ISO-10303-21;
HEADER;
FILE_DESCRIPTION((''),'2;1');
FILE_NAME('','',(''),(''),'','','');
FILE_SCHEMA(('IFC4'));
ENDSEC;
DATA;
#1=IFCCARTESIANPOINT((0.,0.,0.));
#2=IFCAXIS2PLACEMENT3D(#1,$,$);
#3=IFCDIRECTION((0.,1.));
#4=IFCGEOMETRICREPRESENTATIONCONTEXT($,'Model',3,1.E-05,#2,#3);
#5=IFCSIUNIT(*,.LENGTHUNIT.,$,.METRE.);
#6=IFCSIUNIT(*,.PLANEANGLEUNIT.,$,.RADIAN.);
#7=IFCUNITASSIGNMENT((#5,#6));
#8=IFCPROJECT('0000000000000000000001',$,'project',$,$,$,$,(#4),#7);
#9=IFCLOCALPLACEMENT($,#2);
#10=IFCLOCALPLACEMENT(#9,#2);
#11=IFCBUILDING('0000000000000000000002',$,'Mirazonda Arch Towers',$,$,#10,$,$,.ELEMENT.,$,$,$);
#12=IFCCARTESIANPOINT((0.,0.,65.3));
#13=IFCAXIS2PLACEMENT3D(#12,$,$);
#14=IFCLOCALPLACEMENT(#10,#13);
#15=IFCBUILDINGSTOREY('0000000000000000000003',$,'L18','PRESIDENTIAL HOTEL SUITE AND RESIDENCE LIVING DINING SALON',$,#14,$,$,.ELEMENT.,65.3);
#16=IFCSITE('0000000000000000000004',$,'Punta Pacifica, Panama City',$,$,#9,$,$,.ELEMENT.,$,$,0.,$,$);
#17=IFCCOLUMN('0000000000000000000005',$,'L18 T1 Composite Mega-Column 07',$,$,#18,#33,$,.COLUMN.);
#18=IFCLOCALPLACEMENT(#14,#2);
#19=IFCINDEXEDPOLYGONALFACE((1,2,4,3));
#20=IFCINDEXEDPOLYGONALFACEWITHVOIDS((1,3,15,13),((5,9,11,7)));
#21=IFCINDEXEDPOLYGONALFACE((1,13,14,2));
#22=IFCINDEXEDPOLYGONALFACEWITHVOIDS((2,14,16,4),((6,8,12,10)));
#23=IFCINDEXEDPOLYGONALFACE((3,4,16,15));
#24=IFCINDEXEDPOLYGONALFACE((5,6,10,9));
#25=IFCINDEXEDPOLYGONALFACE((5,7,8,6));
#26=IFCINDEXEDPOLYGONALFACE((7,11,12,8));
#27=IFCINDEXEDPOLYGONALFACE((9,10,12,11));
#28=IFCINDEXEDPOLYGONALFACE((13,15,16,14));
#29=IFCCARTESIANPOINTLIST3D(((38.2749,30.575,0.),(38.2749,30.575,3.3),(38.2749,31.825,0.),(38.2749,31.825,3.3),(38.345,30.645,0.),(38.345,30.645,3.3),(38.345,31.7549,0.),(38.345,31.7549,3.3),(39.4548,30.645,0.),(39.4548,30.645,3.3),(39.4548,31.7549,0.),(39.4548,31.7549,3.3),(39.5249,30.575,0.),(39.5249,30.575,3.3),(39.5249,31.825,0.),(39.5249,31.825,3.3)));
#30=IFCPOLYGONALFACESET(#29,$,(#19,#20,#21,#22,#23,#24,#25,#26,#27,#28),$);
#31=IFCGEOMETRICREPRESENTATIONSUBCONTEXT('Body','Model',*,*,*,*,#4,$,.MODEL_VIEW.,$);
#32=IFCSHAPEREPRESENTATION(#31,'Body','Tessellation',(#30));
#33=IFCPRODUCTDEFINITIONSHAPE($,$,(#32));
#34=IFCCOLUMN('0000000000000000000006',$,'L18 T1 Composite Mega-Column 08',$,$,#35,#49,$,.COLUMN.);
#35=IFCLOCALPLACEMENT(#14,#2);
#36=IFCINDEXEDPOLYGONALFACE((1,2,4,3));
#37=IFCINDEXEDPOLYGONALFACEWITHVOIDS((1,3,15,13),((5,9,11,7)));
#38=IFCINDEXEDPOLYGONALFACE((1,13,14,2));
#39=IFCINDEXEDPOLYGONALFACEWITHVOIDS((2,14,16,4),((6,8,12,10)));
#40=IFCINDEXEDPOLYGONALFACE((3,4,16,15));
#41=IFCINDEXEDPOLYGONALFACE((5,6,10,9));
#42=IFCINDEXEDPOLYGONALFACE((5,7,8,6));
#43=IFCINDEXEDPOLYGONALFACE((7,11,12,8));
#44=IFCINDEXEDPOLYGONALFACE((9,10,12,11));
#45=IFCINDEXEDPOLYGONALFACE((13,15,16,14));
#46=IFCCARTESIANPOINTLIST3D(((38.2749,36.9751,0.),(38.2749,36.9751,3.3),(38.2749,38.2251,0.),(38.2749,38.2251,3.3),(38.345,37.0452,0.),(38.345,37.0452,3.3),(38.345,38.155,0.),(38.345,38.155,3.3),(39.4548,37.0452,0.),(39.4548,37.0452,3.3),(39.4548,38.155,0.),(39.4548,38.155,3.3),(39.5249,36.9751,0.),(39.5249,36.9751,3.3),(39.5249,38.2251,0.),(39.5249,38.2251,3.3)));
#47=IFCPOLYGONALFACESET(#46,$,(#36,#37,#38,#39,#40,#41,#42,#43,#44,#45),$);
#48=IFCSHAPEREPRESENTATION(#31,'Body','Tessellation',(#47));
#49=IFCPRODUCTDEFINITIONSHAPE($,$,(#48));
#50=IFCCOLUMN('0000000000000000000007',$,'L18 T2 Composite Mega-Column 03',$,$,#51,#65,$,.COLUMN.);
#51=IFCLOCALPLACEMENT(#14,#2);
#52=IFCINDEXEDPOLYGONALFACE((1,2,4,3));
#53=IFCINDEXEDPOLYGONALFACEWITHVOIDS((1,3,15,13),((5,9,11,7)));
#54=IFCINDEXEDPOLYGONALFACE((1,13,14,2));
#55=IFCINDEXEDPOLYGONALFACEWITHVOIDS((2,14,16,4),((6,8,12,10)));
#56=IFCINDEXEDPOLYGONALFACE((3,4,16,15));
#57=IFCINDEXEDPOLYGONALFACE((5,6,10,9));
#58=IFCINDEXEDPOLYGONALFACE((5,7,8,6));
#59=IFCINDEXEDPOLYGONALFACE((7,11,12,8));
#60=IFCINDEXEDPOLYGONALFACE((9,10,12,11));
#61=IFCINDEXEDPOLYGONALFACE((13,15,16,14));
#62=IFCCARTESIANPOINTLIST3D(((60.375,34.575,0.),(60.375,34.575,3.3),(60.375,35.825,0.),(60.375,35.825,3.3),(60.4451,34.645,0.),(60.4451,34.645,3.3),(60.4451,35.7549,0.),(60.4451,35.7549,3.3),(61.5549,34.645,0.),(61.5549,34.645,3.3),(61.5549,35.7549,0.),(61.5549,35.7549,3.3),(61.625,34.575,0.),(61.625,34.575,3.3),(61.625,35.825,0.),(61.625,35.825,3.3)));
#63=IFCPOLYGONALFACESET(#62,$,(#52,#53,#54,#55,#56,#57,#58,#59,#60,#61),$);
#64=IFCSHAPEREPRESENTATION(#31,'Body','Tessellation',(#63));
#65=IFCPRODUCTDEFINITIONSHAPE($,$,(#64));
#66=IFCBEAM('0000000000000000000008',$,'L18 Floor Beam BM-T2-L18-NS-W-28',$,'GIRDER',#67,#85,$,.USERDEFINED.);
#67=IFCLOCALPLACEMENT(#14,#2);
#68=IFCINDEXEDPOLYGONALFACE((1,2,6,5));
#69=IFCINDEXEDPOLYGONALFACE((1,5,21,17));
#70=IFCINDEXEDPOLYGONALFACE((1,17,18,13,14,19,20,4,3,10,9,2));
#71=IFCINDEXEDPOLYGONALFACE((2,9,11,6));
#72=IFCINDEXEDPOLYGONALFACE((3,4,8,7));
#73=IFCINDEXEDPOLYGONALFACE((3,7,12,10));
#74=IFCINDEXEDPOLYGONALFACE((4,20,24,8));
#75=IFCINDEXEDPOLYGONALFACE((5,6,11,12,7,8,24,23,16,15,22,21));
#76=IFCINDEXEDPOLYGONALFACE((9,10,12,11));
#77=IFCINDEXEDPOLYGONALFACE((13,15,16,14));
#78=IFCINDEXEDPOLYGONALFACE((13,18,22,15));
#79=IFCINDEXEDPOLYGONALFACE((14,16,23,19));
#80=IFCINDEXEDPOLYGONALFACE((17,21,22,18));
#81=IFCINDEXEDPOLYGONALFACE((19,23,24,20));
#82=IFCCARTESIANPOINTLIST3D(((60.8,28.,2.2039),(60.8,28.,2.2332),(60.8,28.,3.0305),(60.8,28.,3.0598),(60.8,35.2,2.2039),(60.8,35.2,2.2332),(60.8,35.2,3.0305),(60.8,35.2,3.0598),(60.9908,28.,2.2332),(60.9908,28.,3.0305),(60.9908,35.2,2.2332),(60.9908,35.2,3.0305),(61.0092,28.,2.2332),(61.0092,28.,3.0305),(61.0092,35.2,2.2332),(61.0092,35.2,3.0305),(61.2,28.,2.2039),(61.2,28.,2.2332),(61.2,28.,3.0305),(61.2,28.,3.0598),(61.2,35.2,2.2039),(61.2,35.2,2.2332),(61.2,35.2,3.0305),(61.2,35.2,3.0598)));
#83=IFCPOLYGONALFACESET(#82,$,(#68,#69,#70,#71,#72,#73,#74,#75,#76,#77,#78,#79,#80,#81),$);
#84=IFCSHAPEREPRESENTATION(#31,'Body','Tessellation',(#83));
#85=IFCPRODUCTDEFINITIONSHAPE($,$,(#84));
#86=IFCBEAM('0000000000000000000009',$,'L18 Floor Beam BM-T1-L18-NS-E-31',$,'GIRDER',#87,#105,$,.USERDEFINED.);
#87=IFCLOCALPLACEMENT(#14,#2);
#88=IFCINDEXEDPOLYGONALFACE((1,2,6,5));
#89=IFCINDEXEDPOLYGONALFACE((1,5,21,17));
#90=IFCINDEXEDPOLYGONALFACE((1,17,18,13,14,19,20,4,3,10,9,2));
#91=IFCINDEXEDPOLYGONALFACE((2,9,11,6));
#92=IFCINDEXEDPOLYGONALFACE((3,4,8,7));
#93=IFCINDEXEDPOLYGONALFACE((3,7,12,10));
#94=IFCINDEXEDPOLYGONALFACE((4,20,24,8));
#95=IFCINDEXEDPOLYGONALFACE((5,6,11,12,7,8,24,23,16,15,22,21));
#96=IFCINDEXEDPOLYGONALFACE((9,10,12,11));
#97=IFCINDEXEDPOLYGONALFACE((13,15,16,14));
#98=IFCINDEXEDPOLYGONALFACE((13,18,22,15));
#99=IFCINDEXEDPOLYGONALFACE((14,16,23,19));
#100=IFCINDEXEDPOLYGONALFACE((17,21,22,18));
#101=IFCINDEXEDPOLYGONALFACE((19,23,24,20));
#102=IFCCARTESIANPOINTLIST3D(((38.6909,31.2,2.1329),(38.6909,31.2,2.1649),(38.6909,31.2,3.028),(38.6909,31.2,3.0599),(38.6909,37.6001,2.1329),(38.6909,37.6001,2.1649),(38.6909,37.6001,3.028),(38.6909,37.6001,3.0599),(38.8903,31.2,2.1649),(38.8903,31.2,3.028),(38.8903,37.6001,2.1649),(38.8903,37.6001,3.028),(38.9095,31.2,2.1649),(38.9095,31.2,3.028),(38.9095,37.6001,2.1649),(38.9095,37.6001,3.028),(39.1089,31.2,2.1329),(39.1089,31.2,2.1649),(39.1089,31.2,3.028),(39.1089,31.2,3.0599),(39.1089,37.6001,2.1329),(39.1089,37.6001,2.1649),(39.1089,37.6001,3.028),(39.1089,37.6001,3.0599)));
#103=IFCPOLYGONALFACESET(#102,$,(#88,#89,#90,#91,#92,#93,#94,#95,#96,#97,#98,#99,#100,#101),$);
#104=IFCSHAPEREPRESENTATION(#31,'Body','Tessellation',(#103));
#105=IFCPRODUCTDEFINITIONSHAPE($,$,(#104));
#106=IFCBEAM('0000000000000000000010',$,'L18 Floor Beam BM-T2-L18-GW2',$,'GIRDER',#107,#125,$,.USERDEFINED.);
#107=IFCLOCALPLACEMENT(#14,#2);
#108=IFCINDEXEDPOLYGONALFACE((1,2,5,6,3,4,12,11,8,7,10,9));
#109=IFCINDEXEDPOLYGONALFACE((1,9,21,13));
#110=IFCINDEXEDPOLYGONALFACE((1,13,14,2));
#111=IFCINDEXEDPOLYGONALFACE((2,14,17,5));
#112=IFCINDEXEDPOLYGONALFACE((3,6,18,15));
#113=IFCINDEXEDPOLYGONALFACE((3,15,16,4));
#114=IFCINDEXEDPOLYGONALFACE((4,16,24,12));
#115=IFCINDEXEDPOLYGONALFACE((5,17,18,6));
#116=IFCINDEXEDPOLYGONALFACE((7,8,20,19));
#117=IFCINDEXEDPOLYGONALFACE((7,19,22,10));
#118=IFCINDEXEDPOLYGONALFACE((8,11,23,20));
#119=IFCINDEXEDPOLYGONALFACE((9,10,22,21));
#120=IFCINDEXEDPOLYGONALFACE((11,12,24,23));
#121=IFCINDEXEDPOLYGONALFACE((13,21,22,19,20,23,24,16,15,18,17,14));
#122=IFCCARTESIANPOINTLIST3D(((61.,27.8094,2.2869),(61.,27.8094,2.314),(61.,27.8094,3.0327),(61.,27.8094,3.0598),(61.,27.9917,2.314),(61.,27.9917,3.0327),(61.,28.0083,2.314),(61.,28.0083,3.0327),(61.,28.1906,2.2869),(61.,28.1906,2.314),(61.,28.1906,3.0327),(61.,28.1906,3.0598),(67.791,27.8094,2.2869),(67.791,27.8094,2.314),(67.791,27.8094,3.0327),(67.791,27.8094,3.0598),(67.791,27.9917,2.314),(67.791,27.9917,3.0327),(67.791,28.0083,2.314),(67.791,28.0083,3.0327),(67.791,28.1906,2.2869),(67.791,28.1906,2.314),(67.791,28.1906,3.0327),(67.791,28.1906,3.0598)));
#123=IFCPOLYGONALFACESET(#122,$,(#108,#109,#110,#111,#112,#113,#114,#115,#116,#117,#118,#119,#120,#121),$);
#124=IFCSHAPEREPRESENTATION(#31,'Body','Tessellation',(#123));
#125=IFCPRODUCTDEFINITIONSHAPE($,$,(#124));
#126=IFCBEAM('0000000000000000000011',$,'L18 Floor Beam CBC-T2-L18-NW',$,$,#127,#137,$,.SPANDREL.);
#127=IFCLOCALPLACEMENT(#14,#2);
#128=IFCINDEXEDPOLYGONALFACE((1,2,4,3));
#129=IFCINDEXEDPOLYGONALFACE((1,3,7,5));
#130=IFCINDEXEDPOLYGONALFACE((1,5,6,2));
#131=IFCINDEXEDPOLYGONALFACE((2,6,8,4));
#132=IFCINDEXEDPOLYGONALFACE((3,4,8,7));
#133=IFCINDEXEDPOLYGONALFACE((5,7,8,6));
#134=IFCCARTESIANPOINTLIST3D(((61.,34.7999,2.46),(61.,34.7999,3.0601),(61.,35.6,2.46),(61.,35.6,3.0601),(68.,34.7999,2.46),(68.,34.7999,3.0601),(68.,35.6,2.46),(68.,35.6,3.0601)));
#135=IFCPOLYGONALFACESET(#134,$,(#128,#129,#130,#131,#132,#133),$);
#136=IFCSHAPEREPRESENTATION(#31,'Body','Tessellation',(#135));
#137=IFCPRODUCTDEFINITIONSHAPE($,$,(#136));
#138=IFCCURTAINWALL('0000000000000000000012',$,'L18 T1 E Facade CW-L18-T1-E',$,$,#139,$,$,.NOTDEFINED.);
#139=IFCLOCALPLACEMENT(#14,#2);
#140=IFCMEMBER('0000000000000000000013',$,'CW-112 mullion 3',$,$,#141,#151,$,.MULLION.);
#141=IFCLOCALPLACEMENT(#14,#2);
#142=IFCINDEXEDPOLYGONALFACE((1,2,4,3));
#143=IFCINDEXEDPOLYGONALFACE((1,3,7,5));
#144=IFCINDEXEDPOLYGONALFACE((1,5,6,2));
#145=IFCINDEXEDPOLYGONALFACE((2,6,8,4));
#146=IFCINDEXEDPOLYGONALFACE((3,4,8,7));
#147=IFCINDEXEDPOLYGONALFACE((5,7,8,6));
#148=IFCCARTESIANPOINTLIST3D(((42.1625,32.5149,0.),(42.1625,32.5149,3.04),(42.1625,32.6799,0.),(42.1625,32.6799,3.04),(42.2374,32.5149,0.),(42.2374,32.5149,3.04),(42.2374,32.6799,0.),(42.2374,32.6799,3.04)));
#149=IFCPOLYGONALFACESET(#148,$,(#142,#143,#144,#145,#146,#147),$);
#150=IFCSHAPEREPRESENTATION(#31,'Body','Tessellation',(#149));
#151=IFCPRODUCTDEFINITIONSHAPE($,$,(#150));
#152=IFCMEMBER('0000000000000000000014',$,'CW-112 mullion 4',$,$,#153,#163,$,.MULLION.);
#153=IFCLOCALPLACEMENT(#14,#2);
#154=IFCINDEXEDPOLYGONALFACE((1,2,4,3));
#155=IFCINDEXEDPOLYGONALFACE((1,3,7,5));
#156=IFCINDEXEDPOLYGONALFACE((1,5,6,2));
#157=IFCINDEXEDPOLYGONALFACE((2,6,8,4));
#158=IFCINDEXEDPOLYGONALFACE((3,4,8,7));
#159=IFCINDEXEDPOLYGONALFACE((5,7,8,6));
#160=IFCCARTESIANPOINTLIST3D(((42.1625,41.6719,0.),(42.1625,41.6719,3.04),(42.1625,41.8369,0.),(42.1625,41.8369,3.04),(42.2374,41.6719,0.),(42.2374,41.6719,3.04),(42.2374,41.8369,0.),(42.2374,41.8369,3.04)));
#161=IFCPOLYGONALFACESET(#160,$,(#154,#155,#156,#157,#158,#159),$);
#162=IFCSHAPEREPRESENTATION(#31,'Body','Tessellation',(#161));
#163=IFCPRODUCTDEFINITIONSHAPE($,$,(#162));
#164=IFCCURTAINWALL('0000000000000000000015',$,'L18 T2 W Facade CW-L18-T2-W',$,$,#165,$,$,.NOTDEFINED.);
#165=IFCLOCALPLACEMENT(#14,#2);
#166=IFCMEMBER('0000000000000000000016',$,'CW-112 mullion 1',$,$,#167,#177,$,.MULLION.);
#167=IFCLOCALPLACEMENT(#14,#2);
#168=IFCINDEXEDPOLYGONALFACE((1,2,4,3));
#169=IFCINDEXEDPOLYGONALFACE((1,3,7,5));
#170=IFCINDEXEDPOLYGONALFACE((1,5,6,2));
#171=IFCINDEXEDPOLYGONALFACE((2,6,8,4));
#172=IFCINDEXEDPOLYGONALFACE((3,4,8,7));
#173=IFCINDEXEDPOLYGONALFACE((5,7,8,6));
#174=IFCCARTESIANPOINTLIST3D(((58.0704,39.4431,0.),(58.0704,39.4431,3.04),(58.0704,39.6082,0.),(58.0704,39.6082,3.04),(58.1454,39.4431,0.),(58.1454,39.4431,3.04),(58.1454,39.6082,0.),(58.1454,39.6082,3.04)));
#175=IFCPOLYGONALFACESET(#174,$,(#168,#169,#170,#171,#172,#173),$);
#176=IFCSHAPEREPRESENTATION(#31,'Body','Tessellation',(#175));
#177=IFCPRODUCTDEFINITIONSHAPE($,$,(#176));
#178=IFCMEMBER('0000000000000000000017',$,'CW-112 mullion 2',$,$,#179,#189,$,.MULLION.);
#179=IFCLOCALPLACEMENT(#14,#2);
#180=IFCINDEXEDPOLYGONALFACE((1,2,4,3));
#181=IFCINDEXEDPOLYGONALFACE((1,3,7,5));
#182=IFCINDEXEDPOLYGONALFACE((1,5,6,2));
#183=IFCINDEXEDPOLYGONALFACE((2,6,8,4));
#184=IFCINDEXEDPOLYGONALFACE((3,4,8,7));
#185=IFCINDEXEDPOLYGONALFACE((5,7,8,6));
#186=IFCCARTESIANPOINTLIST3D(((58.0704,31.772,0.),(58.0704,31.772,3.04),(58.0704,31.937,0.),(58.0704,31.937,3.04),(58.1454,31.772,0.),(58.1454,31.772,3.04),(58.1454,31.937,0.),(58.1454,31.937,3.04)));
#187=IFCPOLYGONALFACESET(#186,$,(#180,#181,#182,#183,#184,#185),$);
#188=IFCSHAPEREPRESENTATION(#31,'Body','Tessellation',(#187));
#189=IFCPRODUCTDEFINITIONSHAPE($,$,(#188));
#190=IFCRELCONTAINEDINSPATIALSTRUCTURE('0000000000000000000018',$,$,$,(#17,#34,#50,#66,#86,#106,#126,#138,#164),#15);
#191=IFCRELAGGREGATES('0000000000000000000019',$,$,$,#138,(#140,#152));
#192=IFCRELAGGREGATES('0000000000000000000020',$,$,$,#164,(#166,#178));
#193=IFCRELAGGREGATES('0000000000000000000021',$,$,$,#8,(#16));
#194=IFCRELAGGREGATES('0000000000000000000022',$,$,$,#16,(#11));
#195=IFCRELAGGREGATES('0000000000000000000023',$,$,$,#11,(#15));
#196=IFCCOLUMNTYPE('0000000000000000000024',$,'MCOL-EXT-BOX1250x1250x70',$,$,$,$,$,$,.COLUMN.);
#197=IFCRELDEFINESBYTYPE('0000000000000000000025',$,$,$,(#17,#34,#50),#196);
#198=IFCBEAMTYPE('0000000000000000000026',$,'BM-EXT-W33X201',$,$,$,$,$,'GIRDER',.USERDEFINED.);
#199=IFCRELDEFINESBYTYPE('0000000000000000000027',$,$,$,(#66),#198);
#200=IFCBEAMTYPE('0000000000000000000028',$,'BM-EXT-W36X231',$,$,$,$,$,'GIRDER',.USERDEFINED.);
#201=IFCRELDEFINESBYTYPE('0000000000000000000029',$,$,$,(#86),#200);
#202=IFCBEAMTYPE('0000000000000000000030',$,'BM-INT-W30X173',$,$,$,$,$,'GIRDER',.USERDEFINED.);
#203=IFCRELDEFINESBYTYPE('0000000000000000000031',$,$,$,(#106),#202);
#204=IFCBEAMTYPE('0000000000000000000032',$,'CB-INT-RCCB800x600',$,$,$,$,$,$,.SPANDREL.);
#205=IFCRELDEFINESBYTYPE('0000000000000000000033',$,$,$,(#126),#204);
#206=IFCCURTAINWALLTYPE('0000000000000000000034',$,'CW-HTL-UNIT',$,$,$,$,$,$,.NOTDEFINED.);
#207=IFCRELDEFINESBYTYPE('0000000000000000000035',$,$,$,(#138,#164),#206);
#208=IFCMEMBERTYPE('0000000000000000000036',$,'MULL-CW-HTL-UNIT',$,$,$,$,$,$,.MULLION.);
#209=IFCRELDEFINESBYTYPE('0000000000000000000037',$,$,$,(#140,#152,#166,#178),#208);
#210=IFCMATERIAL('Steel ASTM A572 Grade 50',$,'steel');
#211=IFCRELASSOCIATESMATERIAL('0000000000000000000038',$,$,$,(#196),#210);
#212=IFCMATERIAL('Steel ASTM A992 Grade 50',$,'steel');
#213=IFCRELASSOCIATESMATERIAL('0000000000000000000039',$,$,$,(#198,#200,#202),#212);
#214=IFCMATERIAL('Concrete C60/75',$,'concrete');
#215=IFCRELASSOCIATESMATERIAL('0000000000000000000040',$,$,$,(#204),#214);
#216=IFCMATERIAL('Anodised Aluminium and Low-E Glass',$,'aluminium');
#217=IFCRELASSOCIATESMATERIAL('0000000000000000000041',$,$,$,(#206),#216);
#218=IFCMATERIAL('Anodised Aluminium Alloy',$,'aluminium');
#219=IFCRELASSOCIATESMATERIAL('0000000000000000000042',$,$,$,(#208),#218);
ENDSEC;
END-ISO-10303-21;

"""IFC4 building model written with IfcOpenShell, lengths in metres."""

from ifc_helpers import new_model, si_unit, direction, frame, origin, origin_2d, place, context, subcontext, project, spatial, rectangle, hollow_rectangle, i_section, extrude, material, material_profile, profile_set, type_object, element, aggregate, save


model = new_model("IFC4")

# Units and contexts
model_context = context("Model", 3, precision=1e-05, world=origin(), true_north=direction((0.0, 1.0)))
body_context = subcontext(model_context, "Body", "Model", "MODEL_VIEW")
ifc_project = project(units=[si_unit("LENGTHUNIT", "METRE"), si_unit("PLANEANGLEUNIT", "RADIAN")], contexts=[model_context])

# Site, building, storey
site_placement = place(None, origin())
site = spatial("IfcSite", under=ifc_project, at=site_placement, Name="Punta Pacifica, Panama City", CompositionType="ELEMENT", RefElevation=0.0)
building_placement = place(site_placement, origin())
building = spatial("IfcBuilding", under=site, at=building_placement, Name="Mirazonda Arch Towers", CompositionType="ELEMENT")
storey_placement = place(building_placement, frame((0.0, 0.0, 65.3)))
storey = spatial("IfcBuildingStorey", under=building, at=storey_placement, Name="L18", Description="PRESIDENTIAL HOTEL SUITE AND RESIDENCE LIVING DINING SALON", CompositionType="ELEMENT", Elevation=65.3)

# Columns
ifc_material_1 = material(Name="Steel ASTM A572 Grade 50", Category="steel")
ifc_material_profile_1 = material_profile(ifc_material_1, hollow_rectangle(XDim=1.25, YDim=1.25, WallThickness=0.0701, at=origin_2d()), Name="BOX1250x1250x70")
ifc_profile_set_1 = profile_set([ifc_material_profile_1], Name="Steel ASTM A572 Grade 50")
column_type = type_object("IfcColumnType", Name="MCOL-EXT-BOX1250x1250x70", PredefinedType="COLUMN", material=ifc_profile_set_1)
for number, where, z_axis, x_axis, name in (
    (1, (38.8999, 31.2, 0.0), (0.0, 0.0, 1.0), (1.0, 0.0, 0.0), "L18 T1 Composite Mega-Column 07"),
    (2, (38.8999, 37.6001, 0.0), (0.0, 0.0, 1.0), (1.0, 0.0, 0.0), "L18 T1 Composite Mega-Column 08"),
    (3, (61.0, 35.2, 0.0), (0.0, 0.0, 1.0), (1.0, 0.0, 0.0), "L18 T2 Composite Mega-Column 03"),
):
    element("IfcColumn", number, at=place(storey_placement, frame(where, z_axis=z_axis, x_axis=x_axis)), inside=storey, type_object=column_type, Name=name, PredefinedType="COLUMN", context=body_context, shape_type="SweptSolid", body=[
        extrude(hollow_rectangle(XDim=1.25, YDim=1.25, WallThickness=0.0701, at=origin_2d()), origin(), (0.0, 0.0, 1.0), 3.3),
    ])

# Beams
ifc_material_2 = material(Name="Steel ASTM A992 Grade 50", Category="steel")
ifc_material_profile_2 = material_profile(ifc_material_2, i_section(OverallWidth=0.3999, OverallDepth=0.856, WebThickness=0.0183, FlangeThickness=0.0293, at=origin_2d()), Name="W33X201")
ifc_profile_set_2 = profile_set([ifc_material_profile_2], Name="Steel ASTM A992 Grade 50")
beam_type_1 = type_object("IfcBeamType", Name="BM-EXT-W33X201", ElementType="GIRDER", PredefinedType="USERDEFINED", material=ifc_profile_set_2)
beam_1_placement = place(storey_placement, frame((61.0, 28.0, 2.6318), z_axis=(0.0, 1.0, 0.0), x_axis=(-1.0, 0.0, 0.0)))
element("IfcBeam", 4, at=beam_1_placement, inside=storey, type_object=beam_type_1, Name="L18 Floor Beam BM-T2-L18-NS-W-28", ObjectType="GIRDER", PredefinedType="USERDEFINED", context=body_context, shape_type="SweptSolid", body=[
    extrude(i_section(OverallWidth=0.3999, OverallDepth=0.856, WebThickness=0.0183, FlangeThickness=0.0293, at=origin_2d()), origin(), (0.0, 0.0, 1.0), 7.2),
])
ifc_material_profile_3 = material_profile(ifc_material_2, i_section(OverallWidth=0.418, OverallDepth=0.927, WebThickness=0.0193, FlangeThickness=0.032, at=origin_2d()), Name="W36X231")
ifc_profile_set_3 = profile_set([ifc_material_profile_3], Name="Steel ASTM A992 Grade 50")
beam_type_2 = type_object("IfcBeamType", Name="BM-EXT-W36X231", ElementType="GIRDER", PredefinedType="USERDEFINED", material=ifc_profile_set_3)
beam_2_placement = place(storey_placement, frame((38.8999, 31.2, 2.5964), z_axis=(0.0, 1.0, 0.0), x_axis=(-1.0, 0.0, 0.0)))
element("IfcBeam", 5, at=beam_2_placement, inside=storey, type_object=beam_type_2, Name="L18 Floor Beam BM-T1-L18-NS-E-31", ObjectType="GIRDER", PredefinedType="USERDEFINED", context=body_context, shape_type="SweptSolid", body=[
    extrude(i_section(OverallWidth=0.418, OverallDepth=0.927, WebThickness=0.0193, FlangeThickness=0.032, at=origin_2d()), origin(), (0.0, 0.0, 1.0), 6.4001),
])
ifc_material_profile_4 = material_profile(ifc_material_2, i_section(OverallWidth=0.3811, OverallDepth=0.7729, WebThickness=0.0166, FlangeThickness=0.0271, at=origin_2d()), Name="W30X173")
ifc_profile_set_4 = profile_set([ifc_material_profile_4], Name="Steel ASTM A992 Grade 50")
beam_type_3 = type_object("IfcBeamType", Name="BM-INT-W30X173", ElementType="GIRDER", PredefinedType="USERDEFINED", material=ifc_profile_set_4)
beam_3_placement = place(storey_placement, frame((61.0, 28.0, 2.6733), z_axis=(1.0, 0.0, 0.0), x_axis=(0.0, 1.0, 0.0)))
element("IfcBeam", 6, at=beam_3_placement, inside=storey, type_object=beam_type_3, Name="L18 Floor Beam BM-T2-L18-GW2", ObjectType="GIRDER", PredefinedType="USERDEFINED", context=body_context, shape_type="SweptSolid", body=[
    extrude(i_section(OverallWidth=0.3811, OverallDepth=0.7729, WebThickness=0.0166, FlangeThickness=0.0271, at=origin_2d()), origin(), (0.0, 0.0, 1.0), 6.791),
])
ifc_material_3 = material(Name="Concrete C60/75", Category="concrete")
ifc_material_profile_5 = material_profile(ifc_material_3, rectangle(XDim=0.8, YDim=0.6001, at=origin_2d()), Name="RCCB800x600")
ifc_profile_set_5 = profile_set([ifc_material_profile_5], Name="Concrete C60/75")
beam_type_4 = type_object("IfcBeamType", Name="CB-INT-RCCB800x600", PredefinedType="SPANDREL", material=ifc_profile_set_5)
beam_4_placement = place(storey_placement, frame((61.0, 35.2, 2.76), z_axis=(1.0, 0.0, 0.0), x_axis=(0.0, 1.0, 0.0)))
element("IfcBeam", 7, at=beam_4_placement, inside=storey, type_object=beam_type_4, Name="L18 Floor Beam CBC-T2-L18-NW", PredefinedType="SPANDREL", context=body_context, shape_type="SweptSolid", body=[
    extrude(rectangle(XDim=0.8, YDim=0.6001, at=origin_2d()), origin(), (0.0, 0.0, 1.0), 7.0),
])

# Curtain walls, members
ifc_material_4 = material(Name="Anodised Aluminium and Low-E Glass", Category="aluminium")
curtain_wall_type = type_object("IfcCurtainWallType", Name="CW-HTL-UNIT", PredefinedType="NOTDEFINED", material=ifc_material_4)
curtain_wall_1_placement = place(storey_placement, origin())
curtain_wall_1 = element("IfcCurtainWall", 8, at=curtain_wall_1_placement, inside=storey, type_object=curtain_wall_type, Name="L18 T1 E Facade CW-L18-T1-E", PredefinedType="NOTDEFINED")
ifc_material_5 = material(Name="Anodised Aluminium Alloy", Category="aluminium")
ifc_material_profile_6 = material_profile(ifc_material_5, rectangle(XDim=0.075, YDim=0.165, at=origin_2d()), Name="ALU-MULL-75x165")
ifc_profile_set_6 = profile_set([ifc_material_profile_6], Name="Anodised Aluminium Alloy")
member_type_1 = type_object("IfcMemberType", Name="MULL-CW-HTL-UNIT", PredefinedType="MULLION", material=ifc_profile_set_6)
member_1_placement = place(storey_placement, frame((42.2, 32.5974, 0.0), z_axis=(0.0, 0.0, 1.0), x_axis=(-1.0, 0.0, 0.0)))
member_1 = element("IfcMember", 9, at=member_1_placement, type_object=member_type_1, Name="CW-112 mullion 3", PredefinedType="MULLION", context=body_context, shape_type="SweptSolid", body=[
    extrude(rectangle(XDim=0.075, YDim=0.165, at=origin_2d()), origin(), (0.0, 0.0, 1.0), 3.04),
])
member_2_placement = place(storey_placement, frame((42.2, 41.7544, 0.0), z_axis=(0.0, 0.0, 1.0), x_axis=(-1.0, 0.0, 0.0)))
member_2 = element("IfcMember", 10, at=member_2_placement, type_object=member_type_1, Name="CW-112 mullion 4", PredefinedType="MULLION", context=body_context, shape_type="SweptSolid", body=[
    extrude(rectangle(XDim=0.075, YDim=0.165, at=origin_2d()), origin(), (0.0, 0.0, 1.0), 3.04),
])
curtain_wall_2_placement = place(storey_placement, origin())
curtain_wall_2 = element("IfcCurtainWall", 11, at=curtain_wall_2_placement, inside=storey, type_object=curtain_wall_type, Name="L18 T2 W Facade CW-L18-T2-W", PredefinedType="NOTDEFINED")
member_3_placement = place(storey_placement, frame((58.1079, 39.5256, 0.0), z_axis=(0.0, 0.0, 1.0), x_axis=(1.0, 0.0, 0.0)))
member_3 = element("IfcMember", 12, at=member_3_placement, type_object=member_type_1, Name="CW-112 mullion 1", PredefinedType="MULLION", context=body_context, shape_type="SweptSolid", body=[
    extrude(rectangle(XDim=0.075, YDim=0.165, at=origin_2d()), origin(), (0.0, 0.0, 1.0), 3.04),
])
member_4_placement = place(storey_placement, frame((58.1079, 31.8545, 0.0), z_axis=(0.0, 0.0, 1.0), x_axis=(1.0, 0.0, 0.0)))
member_4 = element("IfcMember", 13, at=member_4_placement, type_object=member_type_1, Name="CW-112 mullion 2", PredefinedType="MULLION", context=body_context, shape_type="SweptSolid", body=[
    extrude(rectangle(XDim=0.075, YDim=0.165, at=origin_2d()), origin(), (0.0, 0.0, 1.0), 3.04),
])

aggregate(curtain_wall_1, [member_1, member_2])
aggregate(curtain_wall_2, [member_3, member_4])

save(model, "model.ifc")
